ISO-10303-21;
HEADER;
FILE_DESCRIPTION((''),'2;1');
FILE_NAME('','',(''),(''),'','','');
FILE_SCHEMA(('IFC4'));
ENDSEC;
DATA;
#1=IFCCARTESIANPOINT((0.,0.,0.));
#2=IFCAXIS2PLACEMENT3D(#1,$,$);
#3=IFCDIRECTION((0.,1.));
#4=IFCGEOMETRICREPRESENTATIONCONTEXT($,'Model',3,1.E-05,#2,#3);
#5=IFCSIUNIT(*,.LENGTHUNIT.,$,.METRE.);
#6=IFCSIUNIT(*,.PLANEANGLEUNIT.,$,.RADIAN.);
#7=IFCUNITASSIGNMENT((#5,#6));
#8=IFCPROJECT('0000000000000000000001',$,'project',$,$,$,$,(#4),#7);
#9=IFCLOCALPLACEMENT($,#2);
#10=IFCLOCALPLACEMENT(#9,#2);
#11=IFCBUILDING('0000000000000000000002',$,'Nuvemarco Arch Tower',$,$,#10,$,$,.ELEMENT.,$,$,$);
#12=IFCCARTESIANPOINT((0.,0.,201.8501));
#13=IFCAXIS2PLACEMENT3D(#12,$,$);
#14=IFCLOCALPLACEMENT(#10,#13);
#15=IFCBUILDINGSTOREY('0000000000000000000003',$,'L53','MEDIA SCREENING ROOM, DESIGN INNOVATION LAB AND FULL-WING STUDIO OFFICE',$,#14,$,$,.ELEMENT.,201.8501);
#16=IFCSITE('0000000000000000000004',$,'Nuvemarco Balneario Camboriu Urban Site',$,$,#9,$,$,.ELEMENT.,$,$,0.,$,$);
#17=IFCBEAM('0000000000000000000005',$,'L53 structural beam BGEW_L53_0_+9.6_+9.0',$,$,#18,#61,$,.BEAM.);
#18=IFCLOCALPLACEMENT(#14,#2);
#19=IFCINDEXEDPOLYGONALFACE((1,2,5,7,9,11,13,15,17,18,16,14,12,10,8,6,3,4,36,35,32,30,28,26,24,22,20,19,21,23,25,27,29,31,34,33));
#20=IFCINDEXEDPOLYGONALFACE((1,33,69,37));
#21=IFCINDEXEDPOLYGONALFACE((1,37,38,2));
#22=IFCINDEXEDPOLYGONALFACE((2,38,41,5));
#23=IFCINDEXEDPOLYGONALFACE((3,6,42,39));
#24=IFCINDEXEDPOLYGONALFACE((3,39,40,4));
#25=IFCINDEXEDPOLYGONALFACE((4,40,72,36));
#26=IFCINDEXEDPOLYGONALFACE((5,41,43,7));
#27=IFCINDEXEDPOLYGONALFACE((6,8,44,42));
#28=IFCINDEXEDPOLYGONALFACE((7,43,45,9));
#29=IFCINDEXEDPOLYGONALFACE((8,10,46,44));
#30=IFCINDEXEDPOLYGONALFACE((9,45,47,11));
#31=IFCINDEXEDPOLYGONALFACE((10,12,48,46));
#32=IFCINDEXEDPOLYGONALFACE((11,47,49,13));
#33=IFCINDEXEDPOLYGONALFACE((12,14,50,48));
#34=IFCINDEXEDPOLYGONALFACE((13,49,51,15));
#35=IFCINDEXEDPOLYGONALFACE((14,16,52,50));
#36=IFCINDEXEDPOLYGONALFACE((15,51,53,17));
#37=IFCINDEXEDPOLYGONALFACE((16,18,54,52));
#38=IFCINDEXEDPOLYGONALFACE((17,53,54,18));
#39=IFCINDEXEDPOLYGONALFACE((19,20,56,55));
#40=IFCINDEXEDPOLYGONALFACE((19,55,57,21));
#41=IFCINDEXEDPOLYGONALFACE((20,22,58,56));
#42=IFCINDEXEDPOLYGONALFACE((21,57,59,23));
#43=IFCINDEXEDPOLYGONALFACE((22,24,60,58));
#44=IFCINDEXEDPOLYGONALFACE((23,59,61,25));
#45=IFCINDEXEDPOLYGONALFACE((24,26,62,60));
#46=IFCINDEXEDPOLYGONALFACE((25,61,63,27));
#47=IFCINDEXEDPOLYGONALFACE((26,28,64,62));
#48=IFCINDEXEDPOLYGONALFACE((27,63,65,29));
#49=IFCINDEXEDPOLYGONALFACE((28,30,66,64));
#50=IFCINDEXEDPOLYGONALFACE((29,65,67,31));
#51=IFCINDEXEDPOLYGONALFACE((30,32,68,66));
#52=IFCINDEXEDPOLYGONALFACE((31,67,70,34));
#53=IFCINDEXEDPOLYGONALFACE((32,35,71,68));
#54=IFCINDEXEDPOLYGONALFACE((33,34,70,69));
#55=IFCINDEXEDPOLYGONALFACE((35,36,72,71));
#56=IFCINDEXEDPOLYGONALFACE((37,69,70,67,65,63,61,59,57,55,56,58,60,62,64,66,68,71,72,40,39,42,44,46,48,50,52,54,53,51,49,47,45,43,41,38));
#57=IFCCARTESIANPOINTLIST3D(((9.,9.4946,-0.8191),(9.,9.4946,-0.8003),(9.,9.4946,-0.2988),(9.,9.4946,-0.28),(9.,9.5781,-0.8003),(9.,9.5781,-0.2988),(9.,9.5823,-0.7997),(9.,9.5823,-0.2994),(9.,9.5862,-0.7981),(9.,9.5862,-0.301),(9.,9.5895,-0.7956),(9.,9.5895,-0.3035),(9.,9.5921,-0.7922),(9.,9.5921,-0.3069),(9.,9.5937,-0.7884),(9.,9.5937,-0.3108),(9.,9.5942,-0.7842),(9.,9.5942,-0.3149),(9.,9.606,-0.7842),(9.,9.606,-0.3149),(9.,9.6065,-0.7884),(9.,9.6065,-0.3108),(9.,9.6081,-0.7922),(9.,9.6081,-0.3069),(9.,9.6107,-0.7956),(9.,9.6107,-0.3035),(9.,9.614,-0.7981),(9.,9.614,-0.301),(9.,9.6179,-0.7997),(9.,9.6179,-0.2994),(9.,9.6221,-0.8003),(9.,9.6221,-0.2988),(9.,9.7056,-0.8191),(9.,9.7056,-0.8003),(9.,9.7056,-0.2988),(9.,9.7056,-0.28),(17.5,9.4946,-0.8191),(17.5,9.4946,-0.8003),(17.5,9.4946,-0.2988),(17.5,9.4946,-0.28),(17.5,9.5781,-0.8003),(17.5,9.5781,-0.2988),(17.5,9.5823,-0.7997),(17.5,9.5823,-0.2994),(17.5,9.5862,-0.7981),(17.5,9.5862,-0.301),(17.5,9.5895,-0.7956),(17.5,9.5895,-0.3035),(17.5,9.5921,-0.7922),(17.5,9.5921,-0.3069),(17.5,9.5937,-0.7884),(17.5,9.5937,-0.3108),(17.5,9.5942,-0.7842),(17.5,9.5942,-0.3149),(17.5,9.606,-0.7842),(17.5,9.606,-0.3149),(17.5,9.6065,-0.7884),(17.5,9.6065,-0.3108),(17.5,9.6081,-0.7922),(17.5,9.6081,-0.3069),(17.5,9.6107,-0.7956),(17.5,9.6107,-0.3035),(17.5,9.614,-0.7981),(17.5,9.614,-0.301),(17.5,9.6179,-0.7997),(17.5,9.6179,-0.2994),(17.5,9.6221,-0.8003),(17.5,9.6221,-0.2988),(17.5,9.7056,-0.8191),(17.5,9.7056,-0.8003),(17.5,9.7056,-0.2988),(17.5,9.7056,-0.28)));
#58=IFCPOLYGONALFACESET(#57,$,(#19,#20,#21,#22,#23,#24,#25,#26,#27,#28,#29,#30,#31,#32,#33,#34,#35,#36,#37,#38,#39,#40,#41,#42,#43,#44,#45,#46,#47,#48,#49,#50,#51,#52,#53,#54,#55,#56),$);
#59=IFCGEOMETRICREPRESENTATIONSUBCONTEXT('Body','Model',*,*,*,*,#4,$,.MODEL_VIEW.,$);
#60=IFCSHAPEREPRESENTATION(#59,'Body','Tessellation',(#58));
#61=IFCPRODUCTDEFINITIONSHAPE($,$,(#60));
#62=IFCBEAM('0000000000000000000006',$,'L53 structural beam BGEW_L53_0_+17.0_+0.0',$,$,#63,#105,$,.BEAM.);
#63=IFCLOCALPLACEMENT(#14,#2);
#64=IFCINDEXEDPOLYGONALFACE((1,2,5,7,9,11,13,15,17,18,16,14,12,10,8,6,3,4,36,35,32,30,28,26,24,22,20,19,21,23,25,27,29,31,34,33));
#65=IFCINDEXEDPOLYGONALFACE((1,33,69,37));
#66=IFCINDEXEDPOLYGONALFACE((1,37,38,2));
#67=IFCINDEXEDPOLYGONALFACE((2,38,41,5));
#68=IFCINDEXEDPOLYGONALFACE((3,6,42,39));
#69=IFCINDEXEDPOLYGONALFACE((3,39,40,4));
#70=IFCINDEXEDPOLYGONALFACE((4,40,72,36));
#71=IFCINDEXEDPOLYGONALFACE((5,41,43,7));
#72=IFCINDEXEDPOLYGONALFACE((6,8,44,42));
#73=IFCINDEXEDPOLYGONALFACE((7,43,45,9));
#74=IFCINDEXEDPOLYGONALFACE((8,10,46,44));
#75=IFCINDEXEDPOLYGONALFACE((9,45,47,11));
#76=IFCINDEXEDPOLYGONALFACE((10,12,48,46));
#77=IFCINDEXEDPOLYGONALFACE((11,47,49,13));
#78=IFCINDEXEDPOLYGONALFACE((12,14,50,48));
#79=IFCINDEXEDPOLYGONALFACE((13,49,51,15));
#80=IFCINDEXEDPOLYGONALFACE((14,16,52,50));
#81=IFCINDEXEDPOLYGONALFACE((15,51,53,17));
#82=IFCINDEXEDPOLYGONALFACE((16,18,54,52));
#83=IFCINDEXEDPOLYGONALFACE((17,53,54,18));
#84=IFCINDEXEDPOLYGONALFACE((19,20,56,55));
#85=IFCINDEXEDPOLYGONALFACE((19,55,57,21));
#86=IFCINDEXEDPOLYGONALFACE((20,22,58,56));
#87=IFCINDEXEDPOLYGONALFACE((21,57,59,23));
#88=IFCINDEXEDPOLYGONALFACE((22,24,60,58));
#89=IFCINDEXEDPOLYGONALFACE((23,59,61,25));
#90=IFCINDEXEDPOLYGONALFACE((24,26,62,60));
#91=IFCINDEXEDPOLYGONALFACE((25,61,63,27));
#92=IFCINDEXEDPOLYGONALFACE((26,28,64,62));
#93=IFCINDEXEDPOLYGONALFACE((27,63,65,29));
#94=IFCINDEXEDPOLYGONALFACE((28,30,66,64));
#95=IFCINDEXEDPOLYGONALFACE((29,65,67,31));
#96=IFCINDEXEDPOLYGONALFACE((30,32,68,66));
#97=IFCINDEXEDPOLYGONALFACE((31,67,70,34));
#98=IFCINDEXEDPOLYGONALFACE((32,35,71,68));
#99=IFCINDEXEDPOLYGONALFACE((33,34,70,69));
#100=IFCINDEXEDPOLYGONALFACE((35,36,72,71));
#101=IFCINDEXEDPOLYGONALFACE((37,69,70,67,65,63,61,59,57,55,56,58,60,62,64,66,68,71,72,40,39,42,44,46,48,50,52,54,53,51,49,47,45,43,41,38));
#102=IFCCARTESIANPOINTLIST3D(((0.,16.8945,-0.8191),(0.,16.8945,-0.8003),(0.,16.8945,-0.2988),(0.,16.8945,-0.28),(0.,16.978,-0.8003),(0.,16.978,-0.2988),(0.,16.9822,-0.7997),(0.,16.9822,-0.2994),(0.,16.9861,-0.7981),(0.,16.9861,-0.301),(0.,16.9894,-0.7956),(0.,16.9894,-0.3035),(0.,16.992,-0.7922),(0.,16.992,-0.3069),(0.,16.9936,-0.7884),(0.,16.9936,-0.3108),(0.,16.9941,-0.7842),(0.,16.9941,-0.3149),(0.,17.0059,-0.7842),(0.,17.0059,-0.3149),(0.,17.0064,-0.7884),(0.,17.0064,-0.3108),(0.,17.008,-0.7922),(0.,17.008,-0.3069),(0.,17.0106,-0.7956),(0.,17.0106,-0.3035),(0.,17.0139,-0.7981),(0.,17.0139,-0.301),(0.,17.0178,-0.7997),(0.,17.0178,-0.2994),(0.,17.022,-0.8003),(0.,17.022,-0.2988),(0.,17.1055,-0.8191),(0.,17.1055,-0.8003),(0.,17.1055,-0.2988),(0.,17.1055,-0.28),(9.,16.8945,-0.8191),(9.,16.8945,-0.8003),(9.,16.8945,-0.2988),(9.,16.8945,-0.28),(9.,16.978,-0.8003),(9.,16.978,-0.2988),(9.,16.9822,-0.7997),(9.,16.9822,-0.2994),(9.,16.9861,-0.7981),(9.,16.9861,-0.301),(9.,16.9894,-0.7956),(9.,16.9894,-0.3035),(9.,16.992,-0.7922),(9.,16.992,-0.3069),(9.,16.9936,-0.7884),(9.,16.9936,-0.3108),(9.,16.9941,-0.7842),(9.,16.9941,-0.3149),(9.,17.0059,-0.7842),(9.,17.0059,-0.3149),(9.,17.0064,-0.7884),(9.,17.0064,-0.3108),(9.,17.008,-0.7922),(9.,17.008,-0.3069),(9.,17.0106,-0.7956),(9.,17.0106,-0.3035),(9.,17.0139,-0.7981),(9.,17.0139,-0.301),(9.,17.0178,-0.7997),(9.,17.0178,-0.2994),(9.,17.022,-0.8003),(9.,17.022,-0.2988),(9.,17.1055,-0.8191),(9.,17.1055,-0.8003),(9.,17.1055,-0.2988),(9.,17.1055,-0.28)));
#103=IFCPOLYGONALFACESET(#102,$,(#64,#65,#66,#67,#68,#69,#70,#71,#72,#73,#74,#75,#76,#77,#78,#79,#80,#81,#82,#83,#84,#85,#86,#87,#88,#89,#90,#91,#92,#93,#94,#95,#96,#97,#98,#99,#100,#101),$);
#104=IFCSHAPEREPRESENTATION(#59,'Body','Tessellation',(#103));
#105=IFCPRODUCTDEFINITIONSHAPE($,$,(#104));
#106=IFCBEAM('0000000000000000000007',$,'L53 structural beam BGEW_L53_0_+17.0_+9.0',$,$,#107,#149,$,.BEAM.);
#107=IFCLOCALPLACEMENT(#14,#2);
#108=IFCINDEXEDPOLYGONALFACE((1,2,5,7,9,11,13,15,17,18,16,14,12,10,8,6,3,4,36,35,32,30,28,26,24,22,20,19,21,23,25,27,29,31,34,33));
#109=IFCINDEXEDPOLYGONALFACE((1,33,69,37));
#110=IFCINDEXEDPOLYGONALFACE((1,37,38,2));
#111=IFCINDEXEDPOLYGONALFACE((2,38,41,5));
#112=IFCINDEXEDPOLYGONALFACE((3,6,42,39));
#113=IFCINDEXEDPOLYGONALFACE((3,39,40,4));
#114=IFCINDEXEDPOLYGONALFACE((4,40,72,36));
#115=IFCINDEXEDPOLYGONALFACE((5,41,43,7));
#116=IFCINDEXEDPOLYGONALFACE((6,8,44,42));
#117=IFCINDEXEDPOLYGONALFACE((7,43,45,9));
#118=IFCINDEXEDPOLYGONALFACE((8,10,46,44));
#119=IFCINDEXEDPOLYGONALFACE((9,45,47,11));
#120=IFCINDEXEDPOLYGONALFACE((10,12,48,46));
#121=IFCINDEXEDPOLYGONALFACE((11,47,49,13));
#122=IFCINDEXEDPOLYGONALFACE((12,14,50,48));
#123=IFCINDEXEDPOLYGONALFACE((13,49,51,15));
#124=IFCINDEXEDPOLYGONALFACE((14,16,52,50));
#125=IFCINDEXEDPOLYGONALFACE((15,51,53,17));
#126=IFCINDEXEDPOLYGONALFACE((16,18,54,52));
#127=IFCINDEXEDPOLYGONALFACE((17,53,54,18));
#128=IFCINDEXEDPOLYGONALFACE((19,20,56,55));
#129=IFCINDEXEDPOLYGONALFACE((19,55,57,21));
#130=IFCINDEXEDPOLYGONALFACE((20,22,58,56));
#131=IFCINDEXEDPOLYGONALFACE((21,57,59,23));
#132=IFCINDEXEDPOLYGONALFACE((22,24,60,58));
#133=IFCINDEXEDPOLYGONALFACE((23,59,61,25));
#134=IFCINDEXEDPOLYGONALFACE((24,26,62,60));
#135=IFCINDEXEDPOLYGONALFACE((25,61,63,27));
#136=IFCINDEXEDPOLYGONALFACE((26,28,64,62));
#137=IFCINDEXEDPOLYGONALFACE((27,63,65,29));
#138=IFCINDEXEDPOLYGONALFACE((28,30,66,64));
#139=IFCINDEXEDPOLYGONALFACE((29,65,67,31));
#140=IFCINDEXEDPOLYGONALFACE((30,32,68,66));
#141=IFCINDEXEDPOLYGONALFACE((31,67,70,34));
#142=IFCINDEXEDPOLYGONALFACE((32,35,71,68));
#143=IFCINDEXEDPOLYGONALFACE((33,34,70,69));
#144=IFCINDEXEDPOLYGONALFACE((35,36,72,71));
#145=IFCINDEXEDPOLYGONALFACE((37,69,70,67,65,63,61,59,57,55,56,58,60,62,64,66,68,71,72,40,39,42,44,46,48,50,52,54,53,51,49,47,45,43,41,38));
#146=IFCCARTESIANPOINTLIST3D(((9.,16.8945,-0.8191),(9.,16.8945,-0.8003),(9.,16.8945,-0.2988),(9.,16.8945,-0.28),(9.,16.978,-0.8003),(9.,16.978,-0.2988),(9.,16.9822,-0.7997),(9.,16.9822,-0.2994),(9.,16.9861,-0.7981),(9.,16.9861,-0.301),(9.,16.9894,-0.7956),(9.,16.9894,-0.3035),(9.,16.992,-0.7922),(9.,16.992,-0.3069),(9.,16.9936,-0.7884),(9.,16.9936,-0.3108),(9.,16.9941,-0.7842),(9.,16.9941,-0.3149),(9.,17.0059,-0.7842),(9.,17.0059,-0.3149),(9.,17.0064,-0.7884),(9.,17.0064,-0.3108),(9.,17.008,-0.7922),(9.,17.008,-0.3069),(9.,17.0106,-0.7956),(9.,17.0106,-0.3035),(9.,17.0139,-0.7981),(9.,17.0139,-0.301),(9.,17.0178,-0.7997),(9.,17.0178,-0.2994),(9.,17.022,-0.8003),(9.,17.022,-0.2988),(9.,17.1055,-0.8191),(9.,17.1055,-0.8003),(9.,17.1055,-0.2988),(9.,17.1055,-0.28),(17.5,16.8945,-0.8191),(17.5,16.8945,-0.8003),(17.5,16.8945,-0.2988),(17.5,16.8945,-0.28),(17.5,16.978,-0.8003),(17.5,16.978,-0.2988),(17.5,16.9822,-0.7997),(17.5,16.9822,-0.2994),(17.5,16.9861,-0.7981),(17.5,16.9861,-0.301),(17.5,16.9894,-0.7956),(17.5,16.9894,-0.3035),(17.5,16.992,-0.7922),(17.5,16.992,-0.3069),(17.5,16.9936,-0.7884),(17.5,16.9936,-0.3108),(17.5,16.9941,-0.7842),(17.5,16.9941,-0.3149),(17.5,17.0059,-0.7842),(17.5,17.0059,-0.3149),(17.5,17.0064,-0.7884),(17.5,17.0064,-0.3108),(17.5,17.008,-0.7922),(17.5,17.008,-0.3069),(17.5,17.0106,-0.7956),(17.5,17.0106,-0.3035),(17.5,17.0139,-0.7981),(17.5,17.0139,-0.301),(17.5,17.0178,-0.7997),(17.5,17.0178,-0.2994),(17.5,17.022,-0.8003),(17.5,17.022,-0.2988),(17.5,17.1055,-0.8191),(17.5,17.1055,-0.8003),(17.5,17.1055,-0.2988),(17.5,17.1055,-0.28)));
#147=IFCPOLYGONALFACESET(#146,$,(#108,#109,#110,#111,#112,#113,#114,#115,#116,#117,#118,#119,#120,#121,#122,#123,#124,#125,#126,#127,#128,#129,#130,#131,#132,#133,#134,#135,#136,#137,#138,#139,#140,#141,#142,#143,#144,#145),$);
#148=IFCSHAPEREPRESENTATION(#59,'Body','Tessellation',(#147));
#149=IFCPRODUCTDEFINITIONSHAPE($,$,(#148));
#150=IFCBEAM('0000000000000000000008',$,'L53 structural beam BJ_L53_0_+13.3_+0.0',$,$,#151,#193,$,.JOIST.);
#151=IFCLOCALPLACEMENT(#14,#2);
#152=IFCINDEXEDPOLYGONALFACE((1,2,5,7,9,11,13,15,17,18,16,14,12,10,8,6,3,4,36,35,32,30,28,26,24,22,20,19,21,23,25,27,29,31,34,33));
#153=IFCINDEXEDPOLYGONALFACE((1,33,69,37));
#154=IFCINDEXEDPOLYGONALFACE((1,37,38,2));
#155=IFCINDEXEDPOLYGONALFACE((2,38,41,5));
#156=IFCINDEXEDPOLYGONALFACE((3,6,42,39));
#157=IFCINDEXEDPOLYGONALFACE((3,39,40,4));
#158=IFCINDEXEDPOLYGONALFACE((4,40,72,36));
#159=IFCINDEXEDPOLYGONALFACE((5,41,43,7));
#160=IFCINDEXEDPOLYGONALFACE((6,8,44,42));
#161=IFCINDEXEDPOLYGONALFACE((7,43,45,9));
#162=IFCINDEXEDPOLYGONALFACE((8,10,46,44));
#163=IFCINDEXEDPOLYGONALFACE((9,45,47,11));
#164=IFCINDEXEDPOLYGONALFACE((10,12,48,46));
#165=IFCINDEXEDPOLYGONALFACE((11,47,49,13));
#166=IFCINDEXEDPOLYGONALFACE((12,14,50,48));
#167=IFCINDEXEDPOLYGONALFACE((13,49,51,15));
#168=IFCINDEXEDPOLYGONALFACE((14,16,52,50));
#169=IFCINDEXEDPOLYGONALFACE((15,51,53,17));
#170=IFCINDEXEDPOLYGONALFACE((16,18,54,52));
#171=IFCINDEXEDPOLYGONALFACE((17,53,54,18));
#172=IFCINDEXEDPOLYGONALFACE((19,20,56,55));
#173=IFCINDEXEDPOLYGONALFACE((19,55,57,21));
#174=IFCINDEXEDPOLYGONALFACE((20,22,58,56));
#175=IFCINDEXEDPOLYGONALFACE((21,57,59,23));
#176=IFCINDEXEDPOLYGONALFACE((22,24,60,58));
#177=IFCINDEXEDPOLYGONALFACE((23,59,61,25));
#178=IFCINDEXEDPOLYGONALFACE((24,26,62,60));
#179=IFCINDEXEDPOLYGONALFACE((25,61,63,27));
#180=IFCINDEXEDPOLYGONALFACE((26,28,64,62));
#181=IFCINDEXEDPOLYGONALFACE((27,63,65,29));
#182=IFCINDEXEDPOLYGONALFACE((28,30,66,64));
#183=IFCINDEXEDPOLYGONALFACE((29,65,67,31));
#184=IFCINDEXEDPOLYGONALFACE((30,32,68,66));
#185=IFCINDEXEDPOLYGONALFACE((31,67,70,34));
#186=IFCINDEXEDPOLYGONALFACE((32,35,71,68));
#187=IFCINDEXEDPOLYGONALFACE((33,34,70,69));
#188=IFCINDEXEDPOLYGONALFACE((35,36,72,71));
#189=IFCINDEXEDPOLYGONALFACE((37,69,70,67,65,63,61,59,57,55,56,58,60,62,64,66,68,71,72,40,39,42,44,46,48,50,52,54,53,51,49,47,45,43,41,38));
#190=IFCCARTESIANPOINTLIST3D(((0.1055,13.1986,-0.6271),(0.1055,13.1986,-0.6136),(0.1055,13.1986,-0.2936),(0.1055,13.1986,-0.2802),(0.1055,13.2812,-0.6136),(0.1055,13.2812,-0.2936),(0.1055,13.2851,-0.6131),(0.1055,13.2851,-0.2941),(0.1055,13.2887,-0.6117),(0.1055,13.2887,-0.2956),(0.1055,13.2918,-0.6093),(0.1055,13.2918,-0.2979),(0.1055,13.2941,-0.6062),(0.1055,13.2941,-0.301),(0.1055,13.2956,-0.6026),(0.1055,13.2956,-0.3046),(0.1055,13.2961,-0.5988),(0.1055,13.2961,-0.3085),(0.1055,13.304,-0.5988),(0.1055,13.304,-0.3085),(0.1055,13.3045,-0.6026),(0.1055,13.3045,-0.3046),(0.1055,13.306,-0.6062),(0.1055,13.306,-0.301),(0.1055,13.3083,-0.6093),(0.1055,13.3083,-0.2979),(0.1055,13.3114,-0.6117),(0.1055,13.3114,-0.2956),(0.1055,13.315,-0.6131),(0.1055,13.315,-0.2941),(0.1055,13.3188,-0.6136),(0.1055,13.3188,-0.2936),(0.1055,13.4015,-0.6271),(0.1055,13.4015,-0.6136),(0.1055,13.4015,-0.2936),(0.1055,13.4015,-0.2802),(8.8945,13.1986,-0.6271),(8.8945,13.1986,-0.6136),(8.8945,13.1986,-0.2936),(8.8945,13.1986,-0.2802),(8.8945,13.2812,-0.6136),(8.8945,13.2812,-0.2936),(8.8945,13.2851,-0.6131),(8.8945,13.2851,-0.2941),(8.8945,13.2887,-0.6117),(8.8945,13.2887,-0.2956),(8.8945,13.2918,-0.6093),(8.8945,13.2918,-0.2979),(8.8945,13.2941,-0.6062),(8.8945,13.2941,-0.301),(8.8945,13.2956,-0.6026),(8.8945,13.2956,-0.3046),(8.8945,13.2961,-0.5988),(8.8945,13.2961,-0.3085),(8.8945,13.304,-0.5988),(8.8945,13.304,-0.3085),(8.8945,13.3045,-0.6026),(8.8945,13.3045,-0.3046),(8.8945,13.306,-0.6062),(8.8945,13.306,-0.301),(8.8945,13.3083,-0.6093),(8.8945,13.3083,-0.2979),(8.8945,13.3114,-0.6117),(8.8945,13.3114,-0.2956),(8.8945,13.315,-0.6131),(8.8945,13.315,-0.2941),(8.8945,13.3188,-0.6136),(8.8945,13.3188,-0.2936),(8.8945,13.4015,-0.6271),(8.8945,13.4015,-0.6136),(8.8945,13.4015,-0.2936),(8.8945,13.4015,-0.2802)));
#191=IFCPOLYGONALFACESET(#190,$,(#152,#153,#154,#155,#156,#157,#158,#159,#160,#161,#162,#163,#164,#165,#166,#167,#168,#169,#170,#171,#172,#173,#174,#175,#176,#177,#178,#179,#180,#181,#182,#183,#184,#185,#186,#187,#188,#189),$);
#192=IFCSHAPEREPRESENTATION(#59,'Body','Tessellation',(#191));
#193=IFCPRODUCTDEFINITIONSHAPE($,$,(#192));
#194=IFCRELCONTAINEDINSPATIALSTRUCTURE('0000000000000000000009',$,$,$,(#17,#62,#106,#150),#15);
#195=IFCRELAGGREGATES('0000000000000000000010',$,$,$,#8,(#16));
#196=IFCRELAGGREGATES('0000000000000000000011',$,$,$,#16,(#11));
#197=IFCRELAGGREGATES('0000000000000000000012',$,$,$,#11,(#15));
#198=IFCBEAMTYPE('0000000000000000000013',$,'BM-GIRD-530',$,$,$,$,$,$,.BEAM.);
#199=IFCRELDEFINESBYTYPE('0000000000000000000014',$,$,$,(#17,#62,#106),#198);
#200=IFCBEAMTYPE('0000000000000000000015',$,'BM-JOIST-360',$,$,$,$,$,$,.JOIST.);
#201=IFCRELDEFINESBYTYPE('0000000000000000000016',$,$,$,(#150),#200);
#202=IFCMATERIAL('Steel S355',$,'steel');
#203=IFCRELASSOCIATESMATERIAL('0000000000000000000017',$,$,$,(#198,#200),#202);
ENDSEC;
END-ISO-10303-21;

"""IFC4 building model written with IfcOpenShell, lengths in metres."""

from ifc_helpers import new_model, si_unit, direction, frame, origin, origin_2d, place, context, subcontext, project, spatial, i_section, extrude, material, material_profile, profile_set, type_object, element, save


model = new_model("IFC4")

# Units and contexts
model_context = context("Model", 3, precision=1e-05, world=origin(), true_north=direction((0.0, 1.0)))
body_context = subcontext(model_context, "Body", "Model", "MODEL_VIEW")
ifc_project = project(units=[si_unit("LENGTHUNIT", "METRE"), si_unit("PLANEANGLEUNIT", "RADIAN")], contexts=[model_context])

# Site, building, storey
site_placement = place(None, origin())
site = spatial("IfcSite", under=ifc_project, at=site_placement, Name="Nuvemarco Balneario Camboriu Urban Site", CompositionType="ELEMENT", RefElevation=0.0)
building_placement = place(site_placement, origin())
building = spatial("IfcBuilding", under=site, at=building_placement, Name="Nuvemarco Arch Tower", CompositionType="ELEMENT")
storey_placement = place(building_placement, frame((0.0, 0.0, 201.8501)))
storey = spatial("IfcBuildingStorey", under=building, at=storey_placement, Name="L53", Description="MEDIA SCREENING ROOM, DESIGN INNOVATION LAB AND FULL-WING STUDIO OFFICE", CompositionType="ELEMENT", Elevation=201.8501)

# Shared definitions
ifc_material_1 = material(Name="Steel S355", Category="steel")

# Beams
ifc_material_profile_1 = material_profile(ifc_material_1, i_section(OverallWidth=0.2109, OverallDepth=0.5391, WebThickness=0.0117, FlangeThickness=0.0188, FilletRadius=0.0161, at=origin_2d()), Name="W530x109")
ifc_profile_set_1 = profile_set([ifc_material_profile_1], Name="Steel S355")
beam_type_1 = type_object("IfcBeamType", Name="BM-GIRD-530", PredefinedType="BEAM", material=ifc_profile_set_1)
beam_1_placement = place(storey_placement, frame((9.0, 9.6001, -0.5496), z_axis=(1.0, 0.0, 0.0), x_axis=(0.0, 1.0, 0.0)))
element("IfcBeam", 1, at=beam_1_placement, inside=storey, type_object=beam_type_1, Name="L53 structural beam BGEW_L53_0_+9.6_+9.0", PredefinedType="BEAM", context=body_context, shape_type="SweptSolid", body=[
    extrude(i_section(OverallWidth=0.2109, OverallDepth=0.5391, WebThickness=0.0117, FlangeThickness=0.0188, FilletRadius=0.0161, at=origin_2d()), origin(), (0.0, 0.0, 1.0), 8.5),
])
beam_2_placement = place(storey_placement, frame((0.0, 17.0, -0.5496), z_axis=(1.0, 0.0, 0.0), x_axis=(0.0, 1.0, 0.0)))
element("IfcBeam", 2, at=beam_2_placement, inside=storey, type_object=beam_type_1, Name="L53 structural beam BGEW_L53_0_+17.0_+0.0", PredefinedType="BEAM", context=body_context, shape_type="SweptSolid", body=[
    extrude(i_section(OverallWidth=0.2109, OverallDepth=0.5391, WebThickness=0.0117, FlangeThickness=0.0188, FilletRadius=0.0161, at=origin_2d()), origin(), (0.0, 0.0, 1.0), 9.0),
])
beam_3_placement = place(storey_placement, frame((9.0, 17.0, -0.5496), z_axis=(1.0, 0.0, 0.0), x_axis=(0.0, 1.0, 0.0)))
element("IfcBeam", 3, at=beam_3_placement, inside=storey, type_object=beam_type_1, Name="L53 structural beam BGEW_L53_0_+17.0_+9.0", PredefinedType="BEAM", context=body_context, shape_type="SweptSolid", body=[
    extrude(i_section(OverallWidth=0.2109, OverallDepth=0.5391, WebThickness=0.0117, FlangeThickness=0.0188, FilletRadius=0.0161, at=origin_2d()), origin(), (0.0, 0.0, 1.0), 8.5),
])
ifc_material_profile_2 = material_profile(ifc_material_1, i_section(OverallWidth=0.2029, OverallDepth=0.3469, WebThickness=0.0078, FlangeThickness=0.0134, FilletRadius=0.0149, at=origin_2d()), Name="W360x64")
ifc_profile_set_2 = profile_set([ifc_material_profile_2], Name="Steel S355")
beam_type_2 = type_object("IfcBeamType", Name="BM-JOIST-360", PredefinedType="JOIST", material=ifc_profile_set_2)
beam_4_placement = place(storey_placement, frame((0.1055, 13.3, -0.4536), z_axis=(1.0, 0.0, 0.0), x_axis=(0.0, 1.0, 0.0)))
element("IfcBeam", 4, at=beam_4_placement, inside=storey, type_object=beam_type_2, Name="L53 structural beam BJ_L53_0_+13.3_+0.0", PredefinedType="JOIST", context=body_context, shape_type="SweptSolid", body=[
    extrude(i_section(OverallWidth=0.2029, OverallDepth=0.3469, WebThickness=0.0078, FlangeThickness=0.0134, FilletRadius=0.0149, at=origin_2d()), origin(), (0.0, 0.0, 1.0), 8.7891),
])

save(model, "model.ifc")
